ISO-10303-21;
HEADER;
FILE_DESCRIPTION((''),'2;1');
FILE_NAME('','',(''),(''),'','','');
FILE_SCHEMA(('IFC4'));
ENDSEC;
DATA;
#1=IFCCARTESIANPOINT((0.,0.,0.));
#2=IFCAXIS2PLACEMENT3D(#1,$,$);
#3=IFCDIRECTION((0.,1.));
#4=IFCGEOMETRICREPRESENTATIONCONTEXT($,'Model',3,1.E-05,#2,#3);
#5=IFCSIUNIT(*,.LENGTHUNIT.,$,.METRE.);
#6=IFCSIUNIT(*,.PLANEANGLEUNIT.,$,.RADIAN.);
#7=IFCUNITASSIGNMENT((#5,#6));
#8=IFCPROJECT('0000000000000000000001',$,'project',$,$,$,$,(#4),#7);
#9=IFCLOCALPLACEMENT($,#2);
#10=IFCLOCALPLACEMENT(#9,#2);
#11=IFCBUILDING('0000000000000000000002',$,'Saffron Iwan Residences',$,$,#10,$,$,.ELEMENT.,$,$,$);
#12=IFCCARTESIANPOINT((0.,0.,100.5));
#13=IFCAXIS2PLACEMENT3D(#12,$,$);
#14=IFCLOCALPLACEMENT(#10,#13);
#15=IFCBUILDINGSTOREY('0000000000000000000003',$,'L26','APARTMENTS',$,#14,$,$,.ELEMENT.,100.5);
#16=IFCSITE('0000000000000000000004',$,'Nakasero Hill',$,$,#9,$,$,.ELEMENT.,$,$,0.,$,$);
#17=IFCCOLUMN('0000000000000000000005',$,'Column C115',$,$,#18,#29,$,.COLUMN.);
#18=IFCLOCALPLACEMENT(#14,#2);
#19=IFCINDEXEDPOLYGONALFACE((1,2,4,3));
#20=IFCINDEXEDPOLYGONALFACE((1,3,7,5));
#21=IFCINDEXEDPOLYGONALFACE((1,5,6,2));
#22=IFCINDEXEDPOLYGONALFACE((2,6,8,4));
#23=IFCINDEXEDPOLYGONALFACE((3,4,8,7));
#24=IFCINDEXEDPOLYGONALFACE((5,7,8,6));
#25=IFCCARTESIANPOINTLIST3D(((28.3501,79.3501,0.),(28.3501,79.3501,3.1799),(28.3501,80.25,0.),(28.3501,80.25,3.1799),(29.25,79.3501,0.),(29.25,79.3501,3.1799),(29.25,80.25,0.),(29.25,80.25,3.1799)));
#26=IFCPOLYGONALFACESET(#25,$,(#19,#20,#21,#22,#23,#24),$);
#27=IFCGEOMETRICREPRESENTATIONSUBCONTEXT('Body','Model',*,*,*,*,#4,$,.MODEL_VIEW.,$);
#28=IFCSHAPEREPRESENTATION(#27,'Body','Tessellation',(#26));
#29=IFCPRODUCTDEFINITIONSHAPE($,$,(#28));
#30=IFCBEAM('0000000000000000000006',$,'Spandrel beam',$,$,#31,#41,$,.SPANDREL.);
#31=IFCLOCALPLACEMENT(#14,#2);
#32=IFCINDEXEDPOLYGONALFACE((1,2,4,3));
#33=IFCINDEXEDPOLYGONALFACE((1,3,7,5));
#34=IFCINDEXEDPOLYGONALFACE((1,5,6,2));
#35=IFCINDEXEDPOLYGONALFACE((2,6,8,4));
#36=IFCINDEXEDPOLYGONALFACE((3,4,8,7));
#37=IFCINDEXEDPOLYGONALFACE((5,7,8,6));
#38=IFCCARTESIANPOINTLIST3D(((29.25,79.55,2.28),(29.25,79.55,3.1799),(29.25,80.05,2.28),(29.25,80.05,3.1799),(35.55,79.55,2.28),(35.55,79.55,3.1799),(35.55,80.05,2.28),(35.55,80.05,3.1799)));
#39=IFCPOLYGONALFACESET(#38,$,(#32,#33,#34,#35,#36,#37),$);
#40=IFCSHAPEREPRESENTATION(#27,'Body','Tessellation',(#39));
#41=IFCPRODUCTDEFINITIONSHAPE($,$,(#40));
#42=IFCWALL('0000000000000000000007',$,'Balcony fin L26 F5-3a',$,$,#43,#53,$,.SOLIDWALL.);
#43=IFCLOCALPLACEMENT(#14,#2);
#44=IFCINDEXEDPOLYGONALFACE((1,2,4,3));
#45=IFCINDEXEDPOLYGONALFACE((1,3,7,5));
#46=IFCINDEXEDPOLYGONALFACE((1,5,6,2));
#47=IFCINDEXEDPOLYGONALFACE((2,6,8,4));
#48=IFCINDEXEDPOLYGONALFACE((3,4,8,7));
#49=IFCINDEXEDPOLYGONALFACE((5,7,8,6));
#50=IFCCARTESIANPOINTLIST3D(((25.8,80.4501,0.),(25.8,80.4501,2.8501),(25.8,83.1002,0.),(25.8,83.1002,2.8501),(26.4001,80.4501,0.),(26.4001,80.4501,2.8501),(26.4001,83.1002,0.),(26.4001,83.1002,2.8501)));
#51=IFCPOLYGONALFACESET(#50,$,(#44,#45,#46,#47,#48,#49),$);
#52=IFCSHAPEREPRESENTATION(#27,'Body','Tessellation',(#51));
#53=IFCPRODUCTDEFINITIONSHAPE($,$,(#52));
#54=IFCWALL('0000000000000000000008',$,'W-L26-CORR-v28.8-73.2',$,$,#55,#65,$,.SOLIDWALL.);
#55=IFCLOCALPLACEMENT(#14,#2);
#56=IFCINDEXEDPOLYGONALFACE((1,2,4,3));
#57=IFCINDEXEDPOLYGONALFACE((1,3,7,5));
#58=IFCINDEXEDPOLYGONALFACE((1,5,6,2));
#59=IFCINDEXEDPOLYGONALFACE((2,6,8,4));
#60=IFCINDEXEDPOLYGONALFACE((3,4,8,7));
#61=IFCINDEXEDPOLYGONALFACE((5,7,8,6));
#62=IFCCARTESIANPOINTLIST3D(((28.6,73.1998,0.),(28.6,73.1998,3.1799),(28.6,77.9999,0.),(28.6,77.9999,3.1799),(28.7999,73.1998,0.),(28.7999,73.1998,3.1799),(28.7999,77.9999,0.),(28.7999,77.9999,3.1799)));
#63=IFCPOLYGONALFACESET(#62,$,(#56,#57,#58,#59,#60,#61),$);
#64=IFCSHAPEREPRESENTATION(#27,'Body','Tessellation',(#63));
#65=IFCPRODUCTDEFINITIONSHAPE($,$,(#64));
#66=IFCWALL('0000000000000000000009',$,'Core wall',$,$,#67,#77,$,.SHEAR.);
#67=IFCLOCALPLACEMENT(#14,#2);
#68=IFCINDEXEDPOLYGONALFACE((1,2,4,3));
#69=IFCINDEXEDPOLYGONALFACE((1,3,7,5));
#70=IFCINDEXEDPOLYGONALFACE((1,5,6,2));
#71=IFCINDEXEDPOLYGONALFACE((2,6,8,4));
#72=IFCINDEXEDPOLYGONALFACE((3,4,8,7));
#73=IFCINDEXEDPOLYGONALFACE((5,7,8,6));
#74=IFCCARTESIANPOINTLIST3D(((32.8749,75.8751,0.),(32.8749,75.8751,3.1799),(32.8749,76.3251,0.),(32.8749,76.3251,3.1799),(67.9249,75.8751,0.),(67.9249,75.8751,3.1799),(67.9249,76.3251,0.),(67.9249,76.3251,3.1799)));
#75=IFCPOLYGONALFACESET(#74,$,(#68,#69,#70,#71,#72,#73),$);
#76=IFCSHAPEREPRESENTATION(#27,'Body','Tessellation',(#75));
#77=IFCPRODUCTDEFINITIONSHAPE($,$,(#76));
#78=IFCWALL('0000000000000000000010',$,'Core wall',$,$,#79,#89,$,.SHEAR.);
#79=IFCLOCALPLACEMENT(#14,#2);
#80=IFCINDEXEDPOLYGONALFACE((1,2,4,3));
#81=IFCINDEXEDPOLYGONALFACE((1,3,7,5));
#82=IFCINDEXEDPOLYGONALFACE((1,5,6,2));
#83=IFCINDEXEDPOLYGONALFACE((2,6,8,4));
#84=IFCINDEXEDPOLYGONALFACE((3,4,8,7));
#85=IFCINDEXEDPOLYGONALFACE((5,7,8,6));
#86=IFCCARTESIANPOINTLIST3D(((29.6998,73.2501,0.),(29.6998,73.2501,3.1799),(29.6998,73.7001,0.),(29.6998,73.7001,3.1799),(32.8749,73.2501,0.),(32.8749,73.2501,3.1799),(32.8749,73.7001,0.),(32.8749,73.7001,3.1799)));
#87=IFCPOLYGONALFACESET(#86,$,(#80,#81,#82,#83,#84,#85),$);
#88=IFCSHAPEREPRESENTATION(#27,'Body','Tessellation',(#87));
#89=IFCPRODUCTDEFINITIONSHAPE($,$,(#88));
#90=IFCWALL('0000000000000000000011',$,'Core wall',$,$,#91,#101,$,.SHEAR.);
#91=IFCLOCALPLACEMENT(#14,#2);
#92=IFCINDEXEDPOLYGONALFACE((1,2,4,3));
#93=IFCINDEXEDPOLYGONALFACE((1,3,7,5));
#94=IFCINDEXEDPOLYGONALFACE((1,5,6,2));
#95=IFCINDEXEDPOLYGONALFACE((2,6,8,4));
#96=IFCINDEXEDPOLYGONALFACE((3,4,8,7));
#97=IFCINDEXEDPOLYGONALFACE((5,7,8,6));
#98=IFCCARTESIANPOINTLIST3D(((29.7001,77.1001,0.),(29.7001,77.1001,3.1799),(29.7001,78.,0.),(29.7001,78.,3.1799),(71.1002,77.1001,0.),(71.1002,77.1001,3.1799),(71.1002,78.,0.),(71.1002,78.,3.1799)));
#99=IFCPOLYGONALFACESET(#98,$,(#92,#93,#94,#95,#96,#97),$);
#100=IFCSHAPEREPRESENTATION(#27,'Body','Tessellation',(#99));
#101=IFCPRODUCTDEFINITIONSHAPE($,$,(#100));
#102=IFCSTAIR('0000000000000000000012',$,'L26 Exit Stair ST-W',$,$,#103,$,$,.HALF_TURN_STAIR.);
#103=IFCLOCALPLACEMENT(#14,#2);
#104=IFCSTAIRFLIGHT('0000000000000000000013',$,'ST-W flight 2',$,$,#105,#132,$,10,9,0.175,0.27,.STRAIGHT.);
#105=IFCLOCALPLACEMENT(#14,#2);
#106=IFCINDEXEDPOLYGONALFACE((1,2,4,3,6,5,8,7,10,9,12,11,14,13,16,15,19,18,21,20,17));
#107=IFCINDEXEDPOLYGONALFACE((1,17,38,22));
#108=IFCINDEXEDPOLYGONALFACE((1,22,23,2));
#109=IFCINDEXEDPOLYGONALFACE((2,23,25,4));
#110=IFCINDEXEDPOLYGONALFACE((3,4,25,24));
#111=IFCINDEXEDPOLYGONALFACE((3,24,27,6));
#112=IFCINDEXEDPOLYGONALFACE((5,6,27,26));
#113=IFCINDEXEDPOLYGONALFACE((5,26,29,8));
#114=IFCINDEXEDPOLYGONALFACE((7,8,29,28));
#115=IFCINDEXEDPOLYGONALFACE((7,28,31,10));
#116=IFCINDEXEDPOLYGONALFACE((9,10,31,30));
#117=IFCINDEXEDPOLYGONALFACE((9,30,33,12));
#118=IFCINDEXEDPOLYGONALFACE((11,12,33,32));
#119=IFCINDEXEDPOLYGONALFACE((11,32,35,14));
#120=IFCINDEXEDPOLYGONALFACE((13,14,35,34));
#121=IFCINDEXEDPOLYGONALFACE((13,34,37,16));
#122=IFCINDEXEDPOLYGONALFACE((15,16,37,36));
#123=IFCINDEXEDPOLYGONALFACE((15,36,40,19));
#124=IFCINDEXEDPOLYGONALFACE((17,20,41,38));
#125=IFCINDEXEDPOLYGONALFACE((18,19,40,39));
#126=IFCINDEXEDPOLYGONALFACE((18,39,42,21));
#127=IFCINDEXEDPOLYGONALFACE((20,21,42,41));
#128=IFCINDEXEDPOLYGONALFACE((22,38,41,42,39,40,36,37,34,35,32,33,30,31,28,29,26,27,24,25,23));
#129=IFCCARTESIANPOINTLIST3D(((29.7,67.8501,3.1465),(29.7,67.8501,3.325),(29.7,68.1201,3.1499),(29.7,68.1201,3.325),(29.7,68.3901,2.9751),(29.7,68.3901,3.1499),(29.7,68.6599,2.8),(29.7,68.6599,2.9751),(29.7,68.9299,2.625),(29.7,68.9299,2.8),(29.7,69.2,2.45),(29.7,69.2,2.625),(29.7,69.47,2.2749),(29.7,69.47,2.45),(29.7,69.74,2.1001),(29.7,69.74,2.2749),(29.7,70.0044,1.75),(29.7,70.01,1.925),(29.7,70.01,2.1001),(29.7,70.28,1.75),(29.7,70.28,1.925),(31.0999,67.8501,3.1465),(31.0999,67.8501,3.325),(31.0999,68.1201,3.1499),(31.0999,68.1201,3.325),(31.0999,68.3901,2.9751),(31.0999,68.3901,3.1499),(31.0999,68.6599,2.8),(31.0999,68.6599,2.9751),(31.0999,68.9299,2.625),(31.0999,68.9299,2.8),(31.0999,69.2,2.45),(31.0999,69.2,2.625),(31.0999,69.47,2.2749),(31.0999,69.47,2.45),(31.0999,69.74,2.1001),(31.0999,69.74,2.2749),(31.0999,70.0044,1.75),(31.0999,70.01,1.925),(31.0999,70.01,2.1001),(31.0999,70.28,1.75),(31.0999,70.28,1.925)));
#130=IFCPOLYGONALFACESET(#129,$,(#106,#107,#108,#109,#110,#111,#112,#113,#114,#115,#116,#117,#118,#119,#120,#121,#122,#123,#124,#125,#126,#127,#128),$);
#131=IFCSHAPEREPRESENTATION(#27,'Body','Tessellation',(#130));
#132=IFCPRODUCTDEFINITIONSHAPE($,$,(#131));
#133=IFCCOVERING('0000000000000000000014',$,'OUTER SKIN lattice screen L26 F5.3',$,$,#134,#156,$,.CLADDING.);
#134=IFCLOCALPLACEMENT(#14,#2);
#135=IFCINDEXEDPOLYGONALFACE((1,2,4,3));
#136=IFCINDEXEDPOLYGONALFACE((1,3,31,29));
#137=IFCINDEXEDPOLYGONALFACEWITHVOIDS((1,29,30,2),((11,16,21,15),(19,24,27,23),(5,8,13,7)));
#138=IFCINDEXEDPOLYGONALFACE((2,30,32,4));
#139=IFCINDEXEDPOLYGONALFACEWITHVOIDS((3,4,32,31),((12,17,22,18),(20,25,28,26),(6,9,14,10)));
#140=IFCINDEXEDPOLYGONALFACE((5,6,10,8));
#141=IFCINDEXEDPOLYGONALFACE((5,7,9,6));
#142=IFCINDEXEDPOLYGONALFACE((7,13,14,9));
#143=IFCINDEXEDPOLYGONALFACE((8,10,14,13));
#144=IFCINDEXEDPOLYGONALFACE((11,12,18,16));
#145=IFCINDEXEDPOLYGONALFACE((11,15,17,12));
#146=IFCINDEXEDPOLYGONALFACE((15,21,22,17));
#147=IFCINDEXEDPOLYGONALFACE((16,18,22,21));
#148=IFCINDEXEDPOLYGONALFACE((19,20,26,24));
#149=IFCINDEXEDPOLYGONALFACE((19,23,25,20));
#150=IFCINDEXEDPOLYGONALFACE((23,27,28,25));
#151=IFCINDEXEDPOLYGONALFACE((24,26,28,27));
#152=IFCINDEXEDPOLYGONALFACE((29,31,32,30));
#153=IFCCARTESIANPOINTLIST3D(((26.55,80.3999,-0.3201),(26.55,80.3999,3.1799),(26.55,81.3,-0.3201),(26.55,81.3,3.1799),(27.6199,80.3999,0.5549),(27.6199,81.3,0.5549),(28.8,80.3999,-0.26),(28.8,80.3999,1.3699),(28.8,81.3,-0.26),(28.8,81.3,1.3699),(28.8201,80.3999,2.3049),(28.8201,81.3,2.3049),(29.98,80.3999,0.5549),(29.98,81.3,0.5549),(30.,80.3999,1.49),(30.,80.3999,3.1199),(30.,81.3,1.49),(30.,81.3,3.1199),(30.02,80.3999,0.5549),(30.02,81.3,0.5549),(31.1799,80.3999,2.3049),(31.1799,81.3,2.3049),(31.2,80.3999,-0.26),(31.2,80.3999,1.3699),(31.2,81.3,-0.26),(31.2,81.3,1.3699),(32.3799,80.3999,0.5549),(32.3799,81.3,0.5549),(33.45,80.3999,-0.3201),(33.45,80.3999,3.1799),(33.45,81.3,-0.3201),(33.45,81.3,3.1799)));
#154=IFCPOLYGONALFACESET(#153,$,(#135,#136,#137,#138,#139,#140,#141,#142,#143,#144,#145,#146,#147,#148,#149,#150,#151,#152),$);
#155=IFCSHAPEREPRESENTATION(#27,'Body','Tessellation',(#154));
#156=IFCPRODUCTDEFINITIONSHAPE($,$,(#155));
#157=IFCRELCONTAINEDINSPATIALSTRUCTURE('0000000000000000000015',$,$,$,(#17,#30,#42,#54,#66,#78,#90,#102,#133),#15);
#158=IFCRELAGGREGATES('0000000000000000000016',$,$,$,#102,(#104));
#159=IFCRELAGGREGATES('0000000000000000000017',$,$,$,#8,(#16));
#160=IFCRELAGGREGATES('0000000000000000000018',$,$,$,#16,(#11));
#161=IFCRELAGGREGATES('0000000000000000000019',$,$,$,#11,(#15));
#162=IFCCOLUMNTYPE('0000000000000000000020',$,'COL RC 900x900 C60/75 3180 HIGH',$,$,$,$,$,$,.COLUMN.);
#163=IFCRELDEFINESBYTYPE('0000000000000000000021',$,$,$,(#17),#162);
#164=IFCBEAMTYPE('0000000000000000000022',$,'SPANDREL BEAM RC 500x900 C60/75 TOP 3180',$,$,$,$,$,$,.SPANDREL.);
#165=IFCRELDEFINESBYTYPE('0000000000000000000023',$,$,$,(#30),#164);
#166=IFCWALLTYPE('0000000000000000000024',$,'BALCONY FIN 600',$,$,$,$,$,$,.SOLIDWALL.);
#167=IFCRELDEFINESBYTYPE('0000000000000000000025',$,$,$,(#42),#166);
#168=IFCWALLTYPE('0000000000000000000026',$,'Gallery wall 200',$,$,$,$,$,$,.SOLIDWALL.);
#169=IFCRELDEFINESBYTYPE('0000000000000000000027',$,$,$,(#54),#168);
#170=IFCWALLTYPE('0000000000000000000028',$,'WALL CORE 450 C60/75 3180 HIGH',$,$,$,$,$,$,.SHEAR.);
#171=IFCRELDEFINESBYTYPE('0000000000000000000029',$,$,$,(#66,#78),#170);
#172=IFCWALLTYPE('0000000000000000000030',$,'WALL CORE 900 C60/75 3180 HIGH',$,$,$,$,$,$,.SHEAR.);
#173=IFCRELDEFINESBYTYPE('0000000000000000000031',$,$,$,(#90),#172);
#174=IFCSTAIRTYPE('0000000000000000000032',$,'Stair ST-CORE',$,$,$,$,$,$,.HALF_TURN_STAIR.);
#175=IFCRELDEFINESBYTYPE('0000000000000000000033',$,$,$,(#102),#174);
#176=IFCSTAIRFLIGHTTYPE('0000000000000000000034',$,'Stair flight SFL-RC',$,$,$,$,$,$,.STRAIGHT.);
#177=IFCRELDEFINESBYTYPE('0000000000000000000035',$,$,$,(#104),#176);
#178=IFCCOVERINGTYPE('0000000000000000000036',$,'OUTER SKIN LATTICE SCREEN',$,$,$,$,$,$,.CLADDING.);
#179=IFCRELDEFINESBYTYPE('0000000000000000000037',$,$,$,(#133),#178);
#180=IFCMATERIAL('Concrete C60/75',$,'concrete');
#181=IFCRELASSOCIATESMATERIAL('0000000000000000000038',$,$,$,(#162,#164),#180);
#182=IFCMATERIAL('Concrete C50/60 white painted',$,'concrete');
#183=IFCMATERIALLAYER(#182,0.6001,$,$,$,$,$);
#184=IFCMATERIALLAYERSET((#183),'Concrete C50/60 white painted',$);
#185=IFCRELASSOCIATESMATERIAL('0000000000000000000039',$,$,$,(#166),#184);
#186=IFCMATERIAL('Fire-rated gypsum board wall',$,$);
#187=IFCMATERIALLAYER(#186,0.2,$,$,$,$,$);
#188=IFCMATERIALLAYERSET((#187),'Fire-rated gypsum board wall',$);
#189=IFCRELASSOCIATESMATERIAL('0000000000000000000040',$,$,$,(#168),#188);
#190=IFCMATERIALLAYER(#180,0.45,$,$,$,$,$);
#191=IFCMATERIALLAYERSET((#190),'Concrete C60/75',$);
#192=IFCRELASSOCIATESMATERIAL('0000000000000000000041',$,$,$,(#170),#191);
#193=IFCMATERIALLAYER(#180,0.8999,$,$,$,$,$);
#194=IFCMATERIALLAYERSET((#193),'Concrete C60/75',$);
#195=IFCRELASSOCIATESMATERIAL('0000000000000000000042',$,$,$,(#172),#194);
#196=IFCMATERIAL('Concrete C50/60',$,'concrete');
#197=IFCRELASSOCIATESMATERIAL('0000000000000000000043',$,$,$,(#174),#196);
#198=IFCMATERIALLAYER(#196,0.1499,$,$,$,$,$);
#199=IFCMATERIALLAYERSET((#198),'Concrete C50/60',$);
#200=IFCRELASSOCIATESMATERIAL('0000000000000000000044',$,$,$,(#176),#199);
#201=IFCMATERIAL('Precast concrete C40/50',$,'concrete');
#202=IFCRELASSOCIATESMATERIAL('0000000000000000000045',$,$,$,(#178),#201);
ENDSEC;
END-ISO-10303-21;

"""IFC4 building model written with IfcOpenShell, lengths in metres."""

from ifc_helpers import new_model, si_unit, direction, frame, frame_2d, origin, origin_2d, place, context, subcontext, project, spatial, polyline, rectangle, outline, extrude, source, transform, mapped, material, layer, layer_set, material_profile, profile_set, type_object, element, aggregate, save


model = new_model("IFC4")

# Units and contexts
model_context = context("Model", 3, precision=1e-05, world=origin(), true_north=direction((0.0, 1.0)))
body_context = subcontext(model_context, "Body", "Model", "MODEL_VIEW")
ifc_project = project(units=[si_unit("LENGTHUNIT", "METRE"), si_unit("PLANEANGLEUNIT", "RADIAN")], contexts=[model_context])

# Site, building, storey
site_placement = place(None, origin())
site = spatial("IfcSite", under=ifc_project, at=site_placement, Name="Nakasero Hill", CompositionType="ELEMENT", RefElevation=0.0)
building_placement = place(site_placement, origin())
building = spatial("IfcBuilding", under=site, at=building_placement, Name="Saffron Iwan Residences", CompositionType="ELEMENT")
storey_placement = place(building_placement, frame((0.0, 0.0, 100.5)))
storey = spatial("IfcBuildingStorey", under=building, at=storey_placement, Name="L26", Description="APARTMENTS", CompositionType="ELEMENT", Elevation=100.5)

# Column
ifc_material_1 = material(Name="Concrete C60/75", Category="concrete")
ifc_material_profile_1 = material_profile(ifc_material_1, rectangle(XDim=0.8999, YDim=0.8999, at=origin_2d()), Name="RC 900x900")
ifc_profile_set_1 = profile_set([ifc_material_profile_1], Name="Concrete C60/75")
column_type = type_object("IfcColumnType", Name="COL RC 900x900 C60/75 3180 HIGH", PredefinedType="COLUMN", material=ifc_profile_set_1)
shared_shape_1 = source(origin(), body_context, "Body", "SweptSolid", [
    extrude(rectangle(XDim=0.8999, YDim=0.8999, at=origin_2d()), origin(), (0.0, 0.0, 1.0), 3.1799),
])
column_placement = place(storey_placement, frame((28.8, 79.8, 0.0), z_axis=(0.0, 0.0, 1.0), x_axis=(1.0, 0.0, 0.0)))
element("IfcColumn", 1, at=column_placement, inside=storey, type_object=column_type, Name="Column C115", PredefinedType="COLUMN", context=body_context, shape_type="MappedRepresentation", body=[
    mapped(shared_shape_1, transform((0.0, 0.0, 0.0))),
])

# Beam
ifc_material_profile_2 = material_profile(ifc_material_1, rectangle(XDim=0.5, YDim=0.8999, at=origin_2d()), Name="RC 500x900")
ifc_profile_set_2 = profile_set([ifc_material_profile_2], Name="Concrete C60/75")
beam_type = type_object("IfcBeamType", Name="SPANDREL BEAM RC 500x900 C60/75 TOP 3180", PredefinedType="SPANDREL", material=ifc_profile_set_2)
shared_shape_2 = source(origin(), body_context, "Body", "SweptSolid", [
    extrude(rectangle(XDim=0.5, YDim=0.8999, at=origin_2d()), origin(), (0.0, 0.0, 1.0), 6.3),
])
beam_placement = place(storey_placement, frame((29.25, 79.8, 2.73), z_axis=(1.0, 0.0, 0.0), x_axis=(0.0, 1.0, 0.0)))
element("IfcBeam", 2, at=beam_placement, inside=storey, type_object=beam_type, Name="Spandrel beam", PredefinedType="SPANDREL", context=body_context, shape_type="MappedRepresentation", body=[
    mapped(shared_shape_2, transform((0.0, 0.0, 0.0))),
])

# Walls
ifc_material_2 = material(Name="Concrete C50/60 white painted", Category="concrete")
ifc_layer_1 = layer(ifc_material_2, 0.6001)
ifc_layer_set_1 = layer_set([ifc_layer_1], Name="Concrete C50/60 white painted")
wall_type_1 = type_object("IfcWallType", Name="BALCONY FIN 600", PredefinedType="SOLIDWALL", material=ifc_layer_set_1)
wall_1_placement = place(storey_placement, frame((26.1001, 80.45, 0.0), z_axis=(0.0, 0.0, 1.0), x_axis=(0.0, 1.0, 0.0)))
element("IfcWall", 3, at=wall_1_placement, inside=storey, type_object=wall_type_1, Name="Balcony fin L26 F5-3a", PredefinedType="SOLIDWALL", context=body_context, shape_type="SweptSolid", body=[
    extrude(rectangle(XDim=2.6501, YDim=0.6001, at=frame_2d((1.3252, 0.0))), origin(), (0.0, 0.0, 1.0), 2.8501),
])
ifc_material_3 = material(Name="Fire-rated gypsum board wall")
ifc_layer_2 = layer(ifc_material_3, 0.2)
ifc_layer_set_2 = layer_set([ifc_layer_2], Name="Fire-rated gypsum board wall")
wall_type_2 = type_object("IfcWallType", Name="Gallery wall 200", PredefinedType="SOLIDWALL", material=ifc_layer_set_2)
wall_2_placement = place(storey_placement, frame((28.7, 73.2, 0.0), z_axis=(0.0, 0.0, 1.0), x_axis=(0.0, 1.0, 0.0)))
element("IfcWall", 4, at=wall_2_placement, inside=storey, type_object=wall_type_2, Name="W-L26-CORR-v28.8-73.2", PredefinedType="SOLIDWALL", context=body_context, shape_type="SweptSolid", body=[
    extrude(rectangle(XDim=4.8, YDim=0.2, at=frame_2d((2.3999, 0.0))), origin(), (0.0, 0.0, 1.0), 3.1799),
])

# Shared definitions
ifc_layer_3 = layer(ifc_material_1, 0.45)
ifc_layer_set_3 = layer_set([ifc_layer_3], Name="Concrete C60/75")
wall_type_3 = type_object("IfcWallType", Name="WALL CORE 450 C60/75 3180 HIGH", PredefinedType="SHEAR", material=ifc_layer_set_3)

# Walls
wall_3_placement = place(storey_placement, frame((32.875, 76.1001, 0.0), z_axis=(0.0, 0.0, 1.0), x_axis=(1.0, 0.0, 0.0)))
element("IfcWall", 5, at=wall_3_placement, inside=storey, type_object=wall_type_3, Name="Core wall", PredefinedType="SHEAR", context=body_context, shape_type="SweptSolid", body=[
    extrude(rectangle(XDim=35.05, YDim=0.45, at=frame_2d((17.5249, 0.0))), origin(), (0.0, 0.0, 1.0), 3.1799),
])
wall_4_placement = place(storey_placement, frame((29.7, 73.4751, 0.0), z_axis=(0.0, 0.0, 1.0), x_axis=(1.0, 0.0, 0.0)))
element("IfcWall", 6, at=wall_4_placement, inside=storey, type_object=wall_type_3, Name="Core wall", PredefinedType="SHEAR", context=body_context, shape_type="SweptSolid", body=[
    extrude(rectangle(XDim=3.175, YDim=0.45, at=frame_2d((1.5874, 0.0))), origin(), (0.0, 0.0, 1.0), 3.1799),
])
ifc_layer_4 = layer(ifc_material_1, 0.8999)
ifc_layer_set_4 = layer_set([ifc_layer_4], Name="Concrete C60/75")
wall_type_4 = type_object("IfcWallType", Name="WALL CORE 900 C60/75 3180 HIGH", PredefinedType="SHEAR", material=ifc_layer_set_4)
wall_5_placement = place(storey_placement, frame((29.7, 77.55, 0.0), z_axis=(0.0, 0.0, 1.0), x_axis=(1.0, 0.0, 0.0)))
element("IfcWall", 7, at=wall_5_placement, inside=storey, type_object=wall_type_4, Name="Core wall", PredefinedType="SHEAR", context=body_context, shape_type="SweptSolid", body=[
    extrude(rectangle(XDim=41.4001, YDim=0.8999, at=frame_2d((20.7002, 0.0))), origin(), (0.0, 0.0, 1.0), 3.1799),
])

# Stair, stair flight
ifc_material_4 = material(Name="Concrete C50/60", Category="concrete")
stair_type = type_object("IfcStairType", Name="Stair ST-CORE", PredefinedType="HALF_TURN_STAIR", material=ifc_material_4)
stair_placement = place(storey_placement, origin())
stair = element("IfcStair", 8, at=stair_placement, inside=storey, type_object=stair_type, Name="L26 Exit Stair ST-W", PredefinedType="HALF_TURN_STAIR")
ifc_layer_5 = layer(ifc_material_4, 0.1499)
ifc_layer_set_5 = layer_set([ifc_layer_5], Name="Concrete C50/60")
stair_flight_type = type_object("IfcStairFlightType", Name="Stair flight SFL-RC", PredefinedType="STRAIGHT", material=ifc_layer_set_5)
stair_flight_placement = place(storey_placement, frame((30.3999, 70.28, 1.75), z_axis=(0.0, 0.0, 1.0), x_axis=(0.0, -1.0, 0.0)))
stair_flight = element("IfcStairFlight", 9, at=stair_flight_placement, type_object=stair_flight_type, Name="ST-W flight 2", NumberOfRisers=10, NumberOfTreads=9, PredefinedType="STRAIGHT", RiserHeight=0.175, TreadLength=0.27, context=body_context, shape_type="SweptSolid", body=[
    extrude(outline(polyline([(0.0, 0.0), (0.0, 0.175), (0.27, 0.175), (0.27, 0.3501), (0.54, 0.3501), (0.54, 0.5249), (0.8101, 0.5249), (0.8101, 0.7), (1.0801, 0.7), (1.0801, 0.875), (1.3501, 0.875), (1.3501, 1.05), (1.6201, 1.05), (1.6201, 1.2251), (1.8899, 1.2251), (1.8899, 1.3999), (2.1599, 1.3999), (2.1599, 1.575), (2.4299, 1.575), (2.4299, 1.75), (2.4299, 1.3965), (0.2756, 0.0), (0.0, 0.0)])), frame((0.0, 0.7, 0.0), z_axis=(0.0, -1.0, 0.0), x_axis=(1.0, 0.0, 0.0)), (0.0, 0.0, 1.0), 1.3999),
])
aggregate(stair, [stair_flight])

# Covering
ifc_material_5 = material(Name="Precast concrete C40/50", Category="concrete")
covering_type_1 = type_object("IfcCoveringType", Name="OUTER SKIN LATTICE SCREEN", PredefinedType="CLADDING", material=ifc_material_5)
covering_1_placement = place(storey_placement, frame((33.45, 80.3999, -0.3201), z_axis=(0.0, 1.0, 0.0), x_axis=(-1.0, 0.0, 0.0)))
element("IfcCovering", 10, at=covering_1_placement, inside=storey, type_object=covering_type_1, Name="OUTER SKIN lattice screen L26 F5.3", PredefinedType="CLADDING", context=body_context, shape_type="SweptSolid", body=[
    extrude(outline(polyline([(0.0, 0.0), (6.8999, 0.0), (6.8999, 3.5), (0.0, 3.5), (0.0, 0.0)]), holes=[polyline([(1.0701, 0.875), (2.25, 0.0601), (3.4299, 0.875), (2.25, 1.6899), (1.0701, 0.875)]), polyline([(3.47, 0.875), (4.6499, 0.0601), (5.8301, 0.875), (4.6499, 1.6899), (3.47, 0.875)]), polyline([(2.27, 2.625), (3.45, 1.8101), (4.6299, 2.625), (3.45, 3.4399), (2.27, 2.625)])]), origin(), (0.0, 0.0, 1.0), 0.9001),
])

save(model, "model.ifc")
